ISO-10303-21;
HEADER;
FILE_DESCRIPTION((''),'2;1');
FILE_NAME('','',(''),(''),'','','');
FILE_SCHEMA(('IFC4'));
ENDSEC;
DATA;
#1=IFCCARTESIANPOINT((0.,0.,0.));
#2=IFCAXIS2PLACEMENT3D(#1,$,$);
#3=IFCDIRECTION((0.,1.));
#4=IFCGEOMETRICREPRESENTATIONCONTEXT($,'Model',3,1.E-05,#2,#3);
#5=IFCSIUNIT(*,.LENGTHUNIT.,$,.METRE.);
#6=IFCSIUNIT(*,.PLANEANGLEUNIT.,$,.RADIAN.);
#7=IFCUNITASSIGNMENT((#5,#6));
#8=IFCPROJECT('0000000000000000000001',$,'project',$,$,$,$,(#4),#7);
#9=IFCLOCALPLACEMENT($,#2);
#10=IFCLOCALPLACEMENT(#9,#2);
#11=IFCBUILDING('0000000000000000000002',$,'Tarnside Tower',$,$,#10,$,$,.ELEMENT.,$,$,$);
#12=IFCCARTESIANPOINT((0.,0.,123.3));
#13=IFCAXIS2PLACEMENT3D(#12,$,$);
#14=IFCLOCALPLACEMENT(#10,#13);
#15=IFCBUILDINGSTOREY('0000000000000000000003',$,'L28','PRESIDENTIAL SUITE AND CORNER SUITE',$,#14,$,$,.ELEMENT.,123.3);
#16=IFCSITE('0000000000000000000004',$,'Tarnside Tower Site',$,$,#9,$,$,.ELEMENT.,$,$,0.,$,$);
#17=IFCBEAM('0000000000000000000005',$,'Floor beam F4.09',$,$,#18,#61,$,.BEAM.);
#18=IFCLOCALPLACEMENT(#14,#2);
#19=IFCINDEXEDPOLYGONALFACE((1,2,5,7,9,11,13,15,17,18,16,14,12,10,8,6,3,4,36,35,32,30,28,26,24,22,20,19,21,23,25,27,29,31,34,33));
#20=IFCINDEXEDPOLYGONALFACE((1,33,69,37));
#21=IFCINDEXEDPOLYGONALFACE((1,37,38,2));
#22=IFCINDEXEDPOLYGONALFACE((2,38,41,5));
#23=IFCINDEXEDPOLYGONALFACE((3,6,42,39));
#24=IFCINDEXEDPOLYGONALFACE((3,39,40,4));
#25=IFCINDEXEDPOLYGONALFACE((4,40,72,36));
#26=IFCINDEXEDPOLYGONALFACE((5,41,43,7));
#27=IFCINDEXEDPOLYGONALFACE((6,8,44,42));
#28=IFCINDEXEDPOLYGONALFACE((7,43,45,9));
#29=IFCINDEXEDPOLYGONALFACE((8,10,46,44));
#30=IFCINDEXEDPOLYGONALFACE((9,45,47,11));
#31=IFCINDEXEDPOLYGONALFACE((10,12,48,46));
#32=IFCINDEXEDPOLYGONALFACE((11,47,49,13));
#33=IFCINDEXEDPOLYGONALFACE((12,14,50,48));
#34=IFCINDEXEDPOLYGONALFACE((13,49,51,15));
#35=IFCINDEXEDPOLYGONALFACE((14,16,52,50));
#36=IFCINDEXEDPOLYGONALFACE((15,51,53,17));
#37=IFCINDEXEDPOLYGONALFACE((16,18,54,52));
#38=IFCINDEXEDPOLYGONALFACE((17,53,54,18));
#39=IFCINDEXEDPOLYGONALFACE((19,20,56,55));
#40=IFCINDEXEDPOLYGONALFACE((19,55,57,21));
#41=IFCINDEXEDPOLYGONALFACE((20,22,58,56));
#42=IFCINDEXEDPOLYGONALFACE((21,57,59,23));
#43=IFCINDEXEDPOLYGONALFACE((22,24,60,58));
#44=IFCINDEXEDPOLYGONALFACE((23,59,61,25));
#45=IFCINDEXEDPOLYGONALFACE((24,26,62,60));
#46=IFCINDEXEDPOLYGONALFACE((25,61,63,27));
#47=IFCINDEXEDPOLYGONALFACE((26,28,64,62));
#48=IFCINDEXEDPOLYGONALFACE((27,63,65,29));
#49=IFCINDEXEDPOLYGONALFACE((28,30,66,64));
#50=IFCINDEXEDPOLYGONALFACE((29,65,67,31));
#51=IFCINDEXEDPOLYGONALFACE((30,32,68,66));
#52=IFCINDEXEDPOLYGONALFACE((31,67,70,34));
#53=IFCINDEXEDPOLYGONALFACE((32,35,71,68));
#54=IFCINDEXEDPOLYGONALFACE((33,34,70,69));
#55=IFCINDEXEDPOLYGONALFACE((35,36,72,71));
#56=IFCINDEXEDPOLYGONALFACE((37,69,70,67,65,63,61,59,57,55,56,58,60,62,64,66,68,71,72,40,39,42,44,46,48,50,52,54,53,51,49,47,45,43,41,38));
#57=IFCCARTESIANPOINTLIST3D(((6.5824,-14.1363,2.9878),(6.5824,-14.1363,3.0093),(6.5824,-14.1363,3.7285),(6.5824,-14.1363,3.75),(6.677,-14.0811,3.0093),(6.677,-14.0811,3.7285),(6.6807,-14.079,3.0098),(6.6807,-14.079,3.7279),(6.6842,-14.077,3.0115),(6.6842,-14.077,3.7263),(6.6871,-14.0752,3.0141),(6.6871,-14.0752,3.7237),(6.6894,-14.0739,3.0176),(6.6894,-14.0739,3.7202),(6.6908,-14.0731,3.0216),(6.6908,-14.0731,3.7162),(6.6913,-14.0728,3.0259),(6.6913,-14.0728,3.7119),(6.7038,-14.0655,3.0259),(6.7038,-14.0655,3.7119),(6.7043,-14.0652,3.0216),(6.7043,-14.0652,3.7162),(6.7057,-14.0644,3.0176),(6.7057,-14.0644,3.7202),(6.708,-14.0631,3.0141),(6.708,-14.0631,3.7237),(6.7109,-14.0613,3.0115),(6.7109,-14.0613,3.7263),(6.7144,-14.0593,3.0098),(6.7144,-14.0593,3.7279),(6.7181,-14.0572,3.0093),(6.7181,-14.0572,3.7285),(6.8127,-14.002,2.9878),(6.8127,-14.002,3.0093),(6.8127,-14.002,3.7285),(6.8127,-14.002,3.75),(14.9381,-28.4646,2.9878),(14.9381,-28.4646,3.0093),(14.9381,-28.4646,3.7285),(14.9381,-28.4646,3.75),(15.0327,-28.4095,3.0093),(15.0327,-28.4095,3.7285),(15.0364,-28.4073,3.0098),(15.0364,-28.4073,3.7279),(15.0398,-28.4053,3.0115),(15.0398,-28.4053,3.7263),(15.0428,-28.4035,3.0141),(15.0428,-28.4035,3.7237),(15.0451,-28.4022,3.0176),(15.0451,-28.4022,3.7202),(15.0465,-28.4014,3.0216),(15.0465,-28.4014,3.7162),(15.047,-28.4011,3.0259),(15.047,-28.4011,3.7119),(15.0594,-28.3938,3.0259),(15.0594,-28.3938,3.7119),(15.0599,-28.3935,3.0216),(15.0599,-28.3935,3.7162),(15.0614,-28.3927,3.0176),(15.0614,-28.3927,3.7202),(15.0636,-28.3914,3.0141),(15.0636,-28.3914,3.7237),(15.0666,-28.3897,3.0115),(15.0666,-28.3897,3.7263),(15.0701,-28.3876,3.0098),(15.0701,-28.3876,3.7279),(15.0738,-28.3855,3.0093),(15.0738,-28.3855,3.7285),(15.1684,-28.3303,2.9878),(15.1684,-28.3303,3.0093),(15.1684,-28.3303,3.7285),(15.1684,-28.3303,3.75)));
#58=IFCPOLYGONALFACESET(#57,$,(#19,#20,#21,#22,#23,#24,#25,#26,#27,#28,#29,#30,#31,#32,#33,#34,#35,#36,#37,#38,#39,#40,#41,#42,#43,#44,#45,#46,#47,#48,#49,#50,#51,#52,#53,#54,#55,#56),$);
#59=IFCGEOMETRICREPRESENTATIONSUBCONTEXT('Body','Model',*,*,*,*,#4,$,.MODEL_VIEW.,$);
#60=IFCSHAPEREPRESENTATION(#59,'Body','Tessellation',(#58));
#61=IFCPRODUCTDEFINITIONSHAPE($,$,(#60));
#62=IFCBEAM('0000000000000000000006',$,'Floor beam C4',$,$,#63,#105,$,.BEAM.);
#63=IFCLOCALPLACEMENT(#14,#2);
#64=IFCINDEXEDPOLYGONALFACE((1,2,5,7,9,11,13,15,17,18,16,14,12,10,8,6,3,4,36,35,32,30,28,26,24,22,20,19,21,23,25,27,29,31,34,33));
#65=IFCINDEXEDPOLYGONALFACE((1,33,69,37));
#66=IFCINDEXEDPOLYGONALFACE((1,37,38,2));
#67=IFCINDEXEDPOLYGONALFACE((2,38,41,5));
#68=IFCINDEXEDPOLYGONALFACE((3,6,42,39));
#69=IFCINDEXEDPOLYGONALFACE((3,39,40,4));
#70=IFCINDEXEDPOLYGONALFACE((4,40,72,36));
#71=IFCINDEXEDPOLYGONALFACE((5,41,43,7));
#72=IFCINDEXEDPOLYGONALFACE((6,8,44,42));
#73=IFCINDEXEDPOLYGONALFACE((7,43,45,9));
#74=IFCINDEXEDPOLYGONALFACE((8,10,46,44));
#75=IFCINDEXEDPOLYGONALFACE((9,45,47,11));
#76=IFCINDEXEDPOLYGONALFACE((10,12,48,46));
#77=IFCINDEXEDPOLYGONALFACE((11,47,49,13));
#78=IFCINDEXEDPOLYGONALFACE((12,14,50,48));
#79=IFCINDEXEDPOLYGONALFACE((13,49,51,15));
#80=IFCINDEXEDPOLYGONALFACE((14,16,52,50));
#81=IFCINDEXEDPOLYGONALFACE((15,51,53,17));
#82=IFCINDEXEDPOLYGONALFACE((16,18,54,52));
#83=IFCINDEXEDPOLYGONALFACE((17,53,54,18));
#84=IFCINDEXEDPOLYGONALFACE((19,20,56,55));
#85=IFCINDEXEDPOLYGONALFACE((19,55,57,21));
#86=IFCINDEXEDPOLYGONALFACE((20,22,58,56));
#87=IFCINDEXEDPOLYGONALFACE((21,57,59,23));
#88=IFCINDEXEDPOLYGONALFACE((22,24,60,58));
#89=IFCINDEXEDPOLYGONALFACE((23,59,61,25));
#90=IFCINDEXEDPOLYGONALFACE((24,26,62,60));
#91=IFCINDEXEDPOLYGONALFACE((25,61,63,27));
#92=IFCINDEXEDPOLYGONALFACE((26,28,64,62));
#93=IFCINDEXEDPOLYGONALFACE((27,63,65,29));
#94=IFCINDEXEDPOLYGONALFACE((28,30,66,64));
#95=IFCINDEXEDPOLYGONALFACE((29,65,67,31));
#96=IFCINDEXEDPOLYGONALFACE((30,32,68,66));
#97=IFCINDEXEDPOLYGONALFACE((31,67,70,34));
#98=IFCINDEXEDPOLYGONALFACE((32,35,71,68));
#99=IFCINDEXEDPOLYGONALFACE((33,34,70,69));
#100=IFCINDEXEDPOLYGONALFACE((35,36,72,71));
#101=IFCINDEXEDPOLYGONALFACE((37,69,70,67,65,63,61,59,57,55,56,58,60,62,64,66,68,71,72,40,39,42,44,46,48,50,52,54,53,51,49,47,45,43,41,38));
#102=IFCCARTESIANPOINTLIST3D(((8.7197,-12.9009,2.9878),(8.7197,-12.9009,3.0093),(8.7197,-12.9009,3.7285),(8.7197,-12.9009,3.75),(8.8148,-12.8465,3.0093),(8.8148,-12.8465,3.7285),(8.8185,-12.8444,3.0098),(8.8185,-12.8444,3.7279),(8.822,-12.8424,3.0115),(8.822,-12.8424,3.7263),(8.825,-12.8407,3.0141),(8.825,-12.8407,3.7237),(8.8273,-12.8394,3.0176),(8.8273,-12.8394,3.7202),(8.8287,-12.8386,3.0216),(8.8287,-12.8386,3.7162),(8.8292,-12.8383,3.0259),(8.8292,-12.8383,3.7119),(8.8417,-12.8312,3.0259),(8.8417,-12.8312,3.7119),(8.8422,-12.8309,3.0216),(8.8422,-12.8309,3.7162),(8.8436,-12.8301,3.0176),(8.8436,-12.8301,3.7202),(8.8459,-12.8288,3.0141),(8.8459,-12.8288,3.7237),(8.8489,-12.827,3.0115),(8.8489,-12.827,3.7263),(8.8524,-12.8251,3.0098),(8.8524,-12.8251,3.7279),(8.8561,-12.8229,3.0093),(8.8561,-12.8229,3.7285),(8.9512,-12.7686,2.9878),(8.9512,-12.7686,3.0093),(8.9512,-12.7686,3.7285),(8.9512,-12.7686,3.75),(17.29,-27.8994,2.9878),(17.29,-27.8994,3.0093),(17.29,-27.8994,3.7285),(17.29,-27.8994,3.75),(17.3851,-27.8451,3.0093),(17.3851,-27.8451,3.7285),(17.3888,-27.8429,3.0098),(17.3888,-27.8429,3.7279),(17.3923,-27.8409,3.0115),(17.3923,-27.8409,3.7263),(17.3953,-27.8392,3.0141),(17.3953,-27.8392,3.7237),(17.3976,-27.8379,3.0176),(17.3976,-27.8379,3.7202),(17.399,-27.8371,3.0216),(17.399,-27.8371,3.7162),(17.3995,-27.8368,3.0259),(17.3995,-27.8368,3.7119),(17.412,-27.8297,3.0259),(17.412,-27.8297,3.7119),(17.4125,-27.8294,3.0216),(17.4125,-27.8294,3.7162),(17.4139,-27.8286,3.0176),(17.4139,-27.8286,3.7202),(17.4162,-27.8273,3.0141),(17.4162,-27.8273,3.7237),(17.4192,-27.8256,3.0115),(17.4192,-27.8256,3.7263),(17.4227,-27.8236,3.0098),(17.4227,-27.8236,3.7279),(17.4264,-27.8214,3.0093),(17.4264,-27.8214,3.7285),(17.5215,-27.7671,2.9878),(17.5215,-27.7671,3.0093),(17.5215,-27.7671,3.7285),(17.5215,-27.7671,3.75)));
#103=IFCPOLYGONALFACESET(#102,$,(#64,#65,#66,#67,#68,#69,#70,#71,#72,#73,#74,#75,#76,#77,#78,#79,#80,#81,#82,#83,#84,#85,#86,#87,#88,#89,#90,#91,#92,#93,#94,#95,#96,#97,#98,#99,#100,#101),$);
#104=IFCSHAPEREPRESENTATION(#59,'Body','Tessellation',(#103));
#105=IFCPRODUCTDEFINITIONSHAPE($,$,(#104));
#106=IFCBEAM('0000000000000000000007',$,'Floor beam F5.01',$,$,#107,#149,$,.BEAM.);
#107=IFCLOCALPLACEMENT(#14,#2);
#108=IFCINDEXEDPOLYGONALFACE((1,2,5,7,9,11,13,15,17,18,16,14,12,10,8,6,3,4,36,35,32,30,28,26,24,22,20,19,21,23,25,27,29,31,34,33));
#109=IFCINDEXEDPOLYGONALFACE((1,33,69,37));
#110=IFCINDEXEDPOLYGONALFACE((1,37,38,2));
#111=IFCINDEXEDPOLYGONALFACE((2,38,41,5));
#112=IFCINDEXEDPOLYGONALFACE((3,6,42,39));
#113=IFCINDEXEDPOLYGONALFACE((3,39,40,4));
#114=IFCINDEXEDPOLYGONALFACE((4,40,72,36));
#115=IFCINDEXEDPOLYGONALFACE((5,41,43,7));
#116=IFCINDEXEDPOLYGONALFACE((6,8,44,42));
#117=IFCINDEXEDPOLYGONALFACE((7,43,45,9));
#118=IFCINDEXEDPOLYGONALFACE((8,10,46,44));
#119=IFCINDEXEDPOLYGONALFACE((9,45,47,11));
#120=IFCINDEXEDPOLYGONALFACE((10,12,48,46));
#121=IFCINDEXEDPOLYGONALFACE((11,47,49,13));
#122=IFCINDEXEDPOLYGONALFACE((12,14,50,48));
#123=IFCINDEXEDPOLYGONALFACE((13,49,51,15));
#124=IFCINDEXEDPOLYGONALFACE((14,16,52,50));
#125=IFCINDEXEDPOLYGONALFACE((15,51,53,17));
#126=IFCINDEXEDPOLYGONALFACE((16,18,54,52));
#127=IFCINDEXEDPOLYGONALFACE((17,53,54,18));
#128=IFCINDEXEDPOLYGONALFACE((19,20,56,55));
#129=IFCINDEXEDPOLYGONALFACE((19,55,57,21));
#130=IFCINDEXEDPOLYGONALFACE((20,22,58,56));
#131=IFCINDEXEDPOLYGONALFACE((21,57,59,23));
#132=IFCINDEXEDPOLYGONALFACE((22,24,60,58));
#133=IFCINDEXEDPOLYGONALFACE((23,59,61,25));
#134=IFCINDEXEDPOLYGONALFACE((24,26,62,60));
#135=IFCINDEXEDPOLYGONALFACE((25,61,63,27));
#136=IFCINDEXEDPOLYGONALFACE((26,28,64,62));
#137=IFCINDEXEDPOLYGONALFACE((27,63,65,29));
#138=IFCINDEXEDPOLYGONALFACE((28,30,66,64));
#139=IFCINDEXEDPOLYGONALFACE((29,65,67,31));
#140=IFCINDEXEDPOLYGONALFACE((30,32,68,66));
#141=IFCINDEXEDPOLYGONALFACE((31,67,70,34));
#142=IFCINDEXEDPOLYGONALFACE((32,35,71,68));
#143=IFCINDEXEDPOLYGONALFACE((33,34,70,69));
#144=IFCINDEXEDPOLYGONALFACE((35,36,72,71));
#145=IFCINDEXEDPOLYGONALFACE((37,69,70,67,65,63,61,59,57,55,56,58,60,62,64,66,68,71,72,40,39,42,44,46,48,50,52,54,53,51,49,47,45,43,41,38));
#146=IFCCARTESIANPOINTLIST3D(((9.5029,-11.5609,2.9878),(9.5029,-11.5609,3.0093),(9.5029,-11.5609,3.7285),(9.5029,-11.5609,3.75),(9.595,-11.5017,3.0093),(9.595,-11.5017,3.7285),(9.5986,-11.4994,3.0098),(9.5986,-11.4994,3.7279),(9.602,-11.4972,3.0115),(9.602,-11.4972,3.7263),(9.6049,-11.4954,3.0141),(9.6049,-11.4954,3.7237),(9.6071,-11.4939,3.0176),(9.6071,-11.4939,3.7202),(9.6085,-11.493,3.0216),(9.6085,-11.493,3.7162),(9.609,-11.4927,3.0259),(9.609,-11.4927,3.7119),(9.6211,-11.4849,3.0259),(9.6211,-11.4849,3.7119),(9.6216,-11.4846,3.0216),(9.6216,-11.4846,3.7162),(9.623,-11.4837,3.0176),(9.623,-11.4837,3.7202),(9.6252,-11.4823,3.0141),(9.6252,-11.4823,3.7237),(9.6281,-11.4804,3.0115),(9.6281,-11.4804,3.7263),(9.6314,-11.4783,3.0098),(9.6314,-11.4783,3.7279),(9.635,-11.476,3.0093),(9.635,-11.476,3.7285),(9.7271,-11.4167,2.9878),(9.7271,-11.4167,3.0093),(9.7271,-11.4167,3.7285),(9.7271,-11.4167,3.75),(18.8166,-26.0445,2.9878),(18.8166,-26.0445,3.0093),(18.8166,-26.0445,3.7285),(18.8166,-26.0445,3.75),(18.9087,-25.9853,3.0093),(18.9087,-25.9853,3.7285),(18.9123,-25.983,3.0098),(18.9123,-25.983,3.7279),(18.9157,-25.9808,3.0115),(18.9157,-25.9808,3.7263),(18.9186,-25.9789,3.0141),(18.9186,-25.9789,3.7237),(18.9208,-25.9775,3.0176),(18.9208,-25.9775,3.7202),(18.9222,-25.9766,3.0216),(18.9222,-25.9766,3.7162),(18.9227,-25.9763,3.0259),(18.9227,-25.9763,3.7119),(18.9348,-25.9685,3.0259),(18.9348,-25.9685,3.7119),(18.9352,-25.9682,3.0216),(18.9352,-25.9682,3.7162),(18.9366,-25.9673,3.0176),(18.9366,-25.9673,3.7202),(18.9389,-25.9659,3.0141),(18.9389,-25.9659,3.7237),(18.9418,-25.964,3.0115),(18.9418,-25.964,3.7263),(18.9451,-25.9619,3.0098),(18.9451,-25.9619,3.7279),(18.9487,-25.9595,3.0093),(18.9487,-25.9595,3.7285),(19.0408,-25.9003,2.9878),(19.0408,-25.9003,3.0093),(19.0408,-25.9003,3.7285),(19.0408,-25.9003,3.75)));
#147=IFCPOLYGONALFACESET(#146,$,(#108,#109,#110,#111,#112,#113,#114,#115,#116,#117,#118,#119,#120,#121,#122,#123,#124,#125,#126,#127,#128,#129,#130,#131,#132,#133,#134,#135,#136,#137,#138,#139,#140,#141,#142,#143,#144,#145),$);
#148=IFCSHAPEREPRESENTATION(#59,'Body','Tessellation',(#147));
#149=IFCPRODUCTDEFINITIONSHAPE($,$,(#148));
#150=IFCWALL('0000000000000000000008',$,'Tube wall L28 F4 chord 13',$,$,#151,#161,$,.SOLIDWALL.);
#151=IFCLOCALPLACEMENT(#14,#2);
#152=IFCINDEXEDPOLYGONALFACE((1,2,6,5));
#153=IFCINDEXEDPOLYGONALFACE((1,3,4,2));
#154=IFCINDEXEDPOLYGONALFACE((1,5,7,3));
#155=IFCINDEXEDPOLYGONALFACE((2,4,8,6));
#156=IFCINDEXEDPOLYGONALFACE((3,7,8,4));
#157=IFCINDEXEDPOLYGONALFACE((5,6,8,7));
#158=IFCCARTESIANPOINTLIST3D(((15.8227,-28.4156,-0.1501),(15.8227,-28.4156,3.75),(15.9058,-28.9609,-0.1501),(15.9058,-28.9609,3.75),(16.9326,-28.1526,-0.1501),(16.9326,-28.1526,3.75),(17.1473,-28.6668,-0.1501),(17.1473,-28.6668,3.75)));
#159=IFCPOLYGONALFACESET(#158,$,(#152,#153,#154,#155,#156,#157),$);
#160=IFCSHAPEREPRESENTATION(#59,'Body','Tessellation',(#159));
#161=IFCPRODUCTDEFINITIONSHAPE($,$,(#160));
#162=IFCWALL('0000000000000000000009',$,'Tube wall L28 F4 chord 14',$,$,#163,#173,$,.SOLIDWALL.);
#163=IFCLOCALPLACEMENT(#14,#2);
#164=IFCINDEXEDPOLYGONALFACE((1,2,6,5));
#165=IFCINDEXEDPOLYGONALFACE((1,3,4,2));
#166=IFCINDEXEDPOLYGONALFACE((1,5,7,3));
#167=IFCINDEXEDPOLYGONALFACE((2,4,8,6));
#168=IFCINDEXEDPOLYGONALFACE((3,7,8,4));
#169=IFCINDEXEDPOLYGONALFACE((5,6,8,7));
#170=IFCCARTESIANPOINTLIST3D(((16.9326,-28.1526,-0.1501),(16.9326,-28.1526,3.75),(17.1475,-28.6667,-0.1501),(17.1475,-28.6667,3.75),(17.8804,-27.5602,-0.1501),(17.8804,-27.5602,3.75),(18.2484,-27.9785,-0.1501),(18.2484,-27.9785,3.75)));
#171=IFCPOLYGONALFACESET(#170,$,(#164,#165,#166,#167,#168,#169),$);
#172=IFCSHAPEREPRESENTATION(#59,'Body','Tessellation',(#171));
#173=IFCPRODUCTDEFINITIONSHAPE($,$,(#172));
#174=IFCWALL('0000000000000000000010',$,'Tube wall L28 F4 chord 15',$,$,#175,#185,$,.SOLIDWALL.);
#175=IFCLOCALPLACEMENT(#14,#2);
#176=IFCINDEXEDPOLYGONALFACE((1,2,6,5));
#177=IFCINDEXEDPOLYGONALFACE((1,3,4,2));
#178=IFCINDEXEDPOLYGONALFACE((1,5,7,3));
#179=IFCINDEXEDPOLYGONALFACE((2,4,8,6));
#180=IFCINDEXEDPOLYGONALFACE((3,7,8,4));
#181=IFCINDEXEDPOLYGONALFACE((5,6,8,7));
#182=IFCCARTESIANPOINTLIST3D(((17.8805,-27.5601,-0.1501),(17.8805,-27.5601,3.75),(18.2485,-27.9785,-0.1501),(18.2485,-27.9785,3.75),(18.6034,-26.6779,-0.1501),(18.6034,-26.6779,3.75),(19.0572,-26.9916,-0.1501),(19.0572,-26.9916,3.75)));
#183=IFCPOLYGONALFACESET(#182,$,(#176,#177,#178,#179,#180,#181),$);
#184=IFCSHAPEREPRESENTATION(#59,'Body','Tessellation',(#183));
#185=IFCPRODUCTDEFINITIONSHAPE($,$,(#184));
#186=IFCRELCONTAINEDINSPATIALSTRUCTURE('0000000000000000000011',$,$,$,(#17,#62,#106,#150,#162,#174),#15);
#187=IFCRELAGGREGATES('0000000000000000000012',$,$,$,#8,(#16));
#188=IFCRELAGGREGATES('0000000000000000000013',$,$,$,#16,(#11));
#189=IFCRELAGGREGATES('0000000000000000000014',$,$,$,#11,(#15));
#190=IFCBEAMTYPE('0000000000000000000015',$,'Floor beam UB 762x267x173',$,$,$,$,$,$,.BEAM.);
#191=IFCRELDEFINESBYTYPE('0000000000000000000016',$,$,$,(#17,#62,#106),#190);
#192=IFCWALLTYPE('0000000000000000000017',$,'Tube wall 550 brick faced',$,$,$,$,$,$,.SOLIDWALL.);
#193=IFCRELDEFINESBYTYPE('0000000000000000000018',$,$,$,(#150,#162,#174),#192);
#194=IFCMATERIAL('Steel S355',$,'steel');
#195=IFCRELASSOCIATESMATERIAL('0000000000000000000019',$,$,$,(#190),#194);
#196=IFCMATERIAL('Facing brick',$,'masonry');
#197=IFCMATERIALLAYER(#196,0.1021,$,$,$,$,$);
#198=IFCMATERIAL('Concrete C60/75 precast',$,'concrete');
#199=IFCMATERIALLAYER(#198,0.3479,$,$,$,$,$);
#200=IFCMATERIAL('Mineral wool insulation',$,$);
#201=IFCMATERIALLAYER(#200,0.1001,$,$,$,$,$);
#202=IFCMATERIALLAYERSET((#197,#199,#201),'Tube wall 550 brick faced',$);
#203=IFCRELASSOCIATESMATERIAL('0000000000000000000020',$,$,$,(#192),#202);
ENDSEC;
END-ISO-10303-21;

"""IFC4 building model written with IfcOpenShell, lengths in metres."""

from ifc_helpers import new_model, si_unit, direction, frame, origin, origin_2d, place, context, subcontext, project, spatial, polyline, i_section, outline, extrude, material, layer, layer_set, material_profile, profile_set, type_object, element, save


model = new_model("IFC4")

# Units and contexts
model_context = context("Model", 3, precision=1e-05, world=origin(), true_north=direction((0.0, 1.0)))
body_context = subcontext(model_context, "Body", "Model", "MODEL_VIEW")
ifc_project = project(units=[si_unit("LENGTHUNIT", "METRE"), si_unit("PLANEANGLEUNIT", "RADIAN")], contexts=[model_context])

# Site, building, storey
site_placement = place(None, origin())
site = spatial("IfcSite", under=ifc_project, at=site_placement, Name="Tarnside Tower Site", CompositionType="ELEMENT", RefElevation=0.0)
building_placement = place(site_placement, origin())
building = spatial("IfcBuilding", under=site, at=building_placement, Name="Tarnside Tower", CompositionType="ELEMENT")
storey_placement = place(building_placement, frame((0.0, 0.0, 123.3)))
storey = spatial("IfcBuildingStorey", under=building, at=storey_placement, Name="L28", Description="PRESIDENTIAL SUITE AND CORNER SUITE", CompositionType="ELEMENT", Elevation=123.3)

# Beams
ifc_material_1 = material(Name="Steel S355", Category="steel")
ifc_material_profile = material_profile(ifc_material_1, i_section(OverallWidth=0.2666, OverallDepth=0.7622, WebThickness=0.0144, FlangeThickness=0.0215, FilletRadius=0.0166, at=origin_2d()), Name="UB 762x267x173")
ifc_profile_set = profile_set([ifc_material_profile], Name="Steel S355")
beam_type = type_object("IfcBeamType", Name="Floor beam UB 762x267x173", PredefinedType="BEAM", material=ifc_profile_set)
beam_1_placement = place(storey_placement, frame((15.0532, -28.3975, 3.3689), z_axis=(-0.503758, 0.863845, 0.0), x_axis=(-0.863845, -0.503758, 0.0)))
element("IfcBeam", 1, at=beam_1_placement, inside=storey, type_object=beam_type, Name="Floor beam F4.09", PredefinedType="BEAM", context=body_context, shape_type="SweptSolid", body=[
    extrude(i_section(OverallWidth=0.2666, OverallDepth=0.7622, WebThickness=0.0144, FlangeThickness=0.0215, FilletRadius=0.0166, at=origin_2d()), origin(), (0.0, 0.0, 1.0), 16.5867),
])
beam_2_placement = place(storey_placement, frame((17.4058, -27.8333, 3.3689), z_axis=(-0.496127, 0.86825, 0.0), x_axis=(-0.86825, -0.496127, 0.0)))
element("IfcBeam", 2, at=beam_2_placement, inside=storey, type_object=beam_type, Name="Floor beam C4", PredefinedType="BEAM", context=body_context, shape_type="SweptSolid", body=[
    extrude(i_section(OverallWidth=0.2666, OverallDepth=0.7622, WebThickness=0.0144, FlangeThickness=0.0215, FilletRadius=0.0166, at=origin_2d()), origin(), (0.0, 0.0, 1.0), 17.2744),
])
beam_3_placement = place(storey_placement, frame((18.9287, -25.9724, 3.3689), z_axis=(-0.540873, 0.841104, 0.0), x_axis=(-0.841104, -0.540873, 0.0)))
element("IfcBeam", 3, at=beam_3_placement, inside=storey, type_object=beam_type, Name="Floor beam F5.01", PredefinedType="BEAM", context=body_context, shape_type="SweptSolid", body=[
    extrude(i_section(OverallWidth=0.2666, OverallDepth=0.7622, WebThickness=0.0144, FlangeThickness=0.0215, FilletRadius=0.0166, at=origin_2d()), origin(), (0.0, 0.0, 1.0), 17.2197),
])

# Walls
ifc_material_2 = material(Name="Facing brick", Category="masonry")
ifc_layer_1 = layer(ifc_material_2, 0.1021)
ifc_material_3 = material(Name="Concrete C60/75 precast", Category="concrete")
ifc_layer_2 = layer(ifc_material_3, 0.3479)
ifc_material_4 = material(Name="Mineral wool insulation")
ifc_layer_3 = layer(ifc_material_4, 0.1001)
ifc_layer_set_1 = layer_set([ifc_layer_1, ifc_layer_2, ifc_layer_3], Name="Tube wall 550 brick faced")
wall_type = type_object("IfcWallType", Name="Tube wall 550 brick faced", PredefinedType="SOLIDWALL", material=ifc_layer_set_1)
wall_1_placement = place(storey_placement, frame((15.8643, -28.6882, -0.1501), z_axis=(0.0, 0.0, 1.0), x_axis=(0.973064, 0.230537, 0.0)))
element("IfcWall", 4, at=wall_1_placement, inside=storey, type_object=wall_type, Name="Tube wall L28 F4 chord 13", PredefinedType="SOLIDWALL", context=body_context, shape_type="SweptSolid", body=[
    extrude(outline(polyline([(-0.0225, -0.2749), (1.2534, -0.2749), (1.1631, 0.2749), (0.0225, 0.2749), (-0.0225, -0.2749)])), origin(), (0.0, 0.0, 1.0), 3.9001),
])
wall_2_placement = place(storey_placement, frame((17.04, -28.4097, -0.1501), z_axis=(0.0, 0.0, 1.0), x_axis=(0.847953, 0.530072, 0.0)))
element("IfcWall", 5, at=wall_2_placement, inside=storey, type_object=wall_type, Name="Tube wall L28 F4 chord 14", PredefinedType="SOLIDWALL", context=body_context, shape_type="SweptSolid", body=[
    extrude(outline(polyline([(-0.0452, -0.2749), (1.2532, -0.2749), (1.1628, 0.2749), (0.0452, 0.2749), (-0.0452, -0.2749)])), origin(), (0.0, 0.0, 1.0), 3.9001),
])
wall_3_placement = place(storey_placement, frame((18.0645, -27.7693, -0.1501), z_axis=(0.0, 0.0, 1.0), x_axis=(0.633843, 0.773462, 0.0)))
element("IfcWall", 6, at=wall_3_placement, inside=storey, type_object=wall_type, Name="Tube wall L28 F4 chord 15", PredefinedType="SOLIDWALL", context=body_context, shape_type="SweptSolid", body=[
    extrude(outline(polyline([(-0.0452, -0.2749), (1.2307, -0.2749), (1.1858, 0.2749), (0.0452, 0.2749), (-0.0452, -0.2749)])), origin(), (0.0, 0.0, 1.0), 3.9001),
])

save(model, "model.ifc")
